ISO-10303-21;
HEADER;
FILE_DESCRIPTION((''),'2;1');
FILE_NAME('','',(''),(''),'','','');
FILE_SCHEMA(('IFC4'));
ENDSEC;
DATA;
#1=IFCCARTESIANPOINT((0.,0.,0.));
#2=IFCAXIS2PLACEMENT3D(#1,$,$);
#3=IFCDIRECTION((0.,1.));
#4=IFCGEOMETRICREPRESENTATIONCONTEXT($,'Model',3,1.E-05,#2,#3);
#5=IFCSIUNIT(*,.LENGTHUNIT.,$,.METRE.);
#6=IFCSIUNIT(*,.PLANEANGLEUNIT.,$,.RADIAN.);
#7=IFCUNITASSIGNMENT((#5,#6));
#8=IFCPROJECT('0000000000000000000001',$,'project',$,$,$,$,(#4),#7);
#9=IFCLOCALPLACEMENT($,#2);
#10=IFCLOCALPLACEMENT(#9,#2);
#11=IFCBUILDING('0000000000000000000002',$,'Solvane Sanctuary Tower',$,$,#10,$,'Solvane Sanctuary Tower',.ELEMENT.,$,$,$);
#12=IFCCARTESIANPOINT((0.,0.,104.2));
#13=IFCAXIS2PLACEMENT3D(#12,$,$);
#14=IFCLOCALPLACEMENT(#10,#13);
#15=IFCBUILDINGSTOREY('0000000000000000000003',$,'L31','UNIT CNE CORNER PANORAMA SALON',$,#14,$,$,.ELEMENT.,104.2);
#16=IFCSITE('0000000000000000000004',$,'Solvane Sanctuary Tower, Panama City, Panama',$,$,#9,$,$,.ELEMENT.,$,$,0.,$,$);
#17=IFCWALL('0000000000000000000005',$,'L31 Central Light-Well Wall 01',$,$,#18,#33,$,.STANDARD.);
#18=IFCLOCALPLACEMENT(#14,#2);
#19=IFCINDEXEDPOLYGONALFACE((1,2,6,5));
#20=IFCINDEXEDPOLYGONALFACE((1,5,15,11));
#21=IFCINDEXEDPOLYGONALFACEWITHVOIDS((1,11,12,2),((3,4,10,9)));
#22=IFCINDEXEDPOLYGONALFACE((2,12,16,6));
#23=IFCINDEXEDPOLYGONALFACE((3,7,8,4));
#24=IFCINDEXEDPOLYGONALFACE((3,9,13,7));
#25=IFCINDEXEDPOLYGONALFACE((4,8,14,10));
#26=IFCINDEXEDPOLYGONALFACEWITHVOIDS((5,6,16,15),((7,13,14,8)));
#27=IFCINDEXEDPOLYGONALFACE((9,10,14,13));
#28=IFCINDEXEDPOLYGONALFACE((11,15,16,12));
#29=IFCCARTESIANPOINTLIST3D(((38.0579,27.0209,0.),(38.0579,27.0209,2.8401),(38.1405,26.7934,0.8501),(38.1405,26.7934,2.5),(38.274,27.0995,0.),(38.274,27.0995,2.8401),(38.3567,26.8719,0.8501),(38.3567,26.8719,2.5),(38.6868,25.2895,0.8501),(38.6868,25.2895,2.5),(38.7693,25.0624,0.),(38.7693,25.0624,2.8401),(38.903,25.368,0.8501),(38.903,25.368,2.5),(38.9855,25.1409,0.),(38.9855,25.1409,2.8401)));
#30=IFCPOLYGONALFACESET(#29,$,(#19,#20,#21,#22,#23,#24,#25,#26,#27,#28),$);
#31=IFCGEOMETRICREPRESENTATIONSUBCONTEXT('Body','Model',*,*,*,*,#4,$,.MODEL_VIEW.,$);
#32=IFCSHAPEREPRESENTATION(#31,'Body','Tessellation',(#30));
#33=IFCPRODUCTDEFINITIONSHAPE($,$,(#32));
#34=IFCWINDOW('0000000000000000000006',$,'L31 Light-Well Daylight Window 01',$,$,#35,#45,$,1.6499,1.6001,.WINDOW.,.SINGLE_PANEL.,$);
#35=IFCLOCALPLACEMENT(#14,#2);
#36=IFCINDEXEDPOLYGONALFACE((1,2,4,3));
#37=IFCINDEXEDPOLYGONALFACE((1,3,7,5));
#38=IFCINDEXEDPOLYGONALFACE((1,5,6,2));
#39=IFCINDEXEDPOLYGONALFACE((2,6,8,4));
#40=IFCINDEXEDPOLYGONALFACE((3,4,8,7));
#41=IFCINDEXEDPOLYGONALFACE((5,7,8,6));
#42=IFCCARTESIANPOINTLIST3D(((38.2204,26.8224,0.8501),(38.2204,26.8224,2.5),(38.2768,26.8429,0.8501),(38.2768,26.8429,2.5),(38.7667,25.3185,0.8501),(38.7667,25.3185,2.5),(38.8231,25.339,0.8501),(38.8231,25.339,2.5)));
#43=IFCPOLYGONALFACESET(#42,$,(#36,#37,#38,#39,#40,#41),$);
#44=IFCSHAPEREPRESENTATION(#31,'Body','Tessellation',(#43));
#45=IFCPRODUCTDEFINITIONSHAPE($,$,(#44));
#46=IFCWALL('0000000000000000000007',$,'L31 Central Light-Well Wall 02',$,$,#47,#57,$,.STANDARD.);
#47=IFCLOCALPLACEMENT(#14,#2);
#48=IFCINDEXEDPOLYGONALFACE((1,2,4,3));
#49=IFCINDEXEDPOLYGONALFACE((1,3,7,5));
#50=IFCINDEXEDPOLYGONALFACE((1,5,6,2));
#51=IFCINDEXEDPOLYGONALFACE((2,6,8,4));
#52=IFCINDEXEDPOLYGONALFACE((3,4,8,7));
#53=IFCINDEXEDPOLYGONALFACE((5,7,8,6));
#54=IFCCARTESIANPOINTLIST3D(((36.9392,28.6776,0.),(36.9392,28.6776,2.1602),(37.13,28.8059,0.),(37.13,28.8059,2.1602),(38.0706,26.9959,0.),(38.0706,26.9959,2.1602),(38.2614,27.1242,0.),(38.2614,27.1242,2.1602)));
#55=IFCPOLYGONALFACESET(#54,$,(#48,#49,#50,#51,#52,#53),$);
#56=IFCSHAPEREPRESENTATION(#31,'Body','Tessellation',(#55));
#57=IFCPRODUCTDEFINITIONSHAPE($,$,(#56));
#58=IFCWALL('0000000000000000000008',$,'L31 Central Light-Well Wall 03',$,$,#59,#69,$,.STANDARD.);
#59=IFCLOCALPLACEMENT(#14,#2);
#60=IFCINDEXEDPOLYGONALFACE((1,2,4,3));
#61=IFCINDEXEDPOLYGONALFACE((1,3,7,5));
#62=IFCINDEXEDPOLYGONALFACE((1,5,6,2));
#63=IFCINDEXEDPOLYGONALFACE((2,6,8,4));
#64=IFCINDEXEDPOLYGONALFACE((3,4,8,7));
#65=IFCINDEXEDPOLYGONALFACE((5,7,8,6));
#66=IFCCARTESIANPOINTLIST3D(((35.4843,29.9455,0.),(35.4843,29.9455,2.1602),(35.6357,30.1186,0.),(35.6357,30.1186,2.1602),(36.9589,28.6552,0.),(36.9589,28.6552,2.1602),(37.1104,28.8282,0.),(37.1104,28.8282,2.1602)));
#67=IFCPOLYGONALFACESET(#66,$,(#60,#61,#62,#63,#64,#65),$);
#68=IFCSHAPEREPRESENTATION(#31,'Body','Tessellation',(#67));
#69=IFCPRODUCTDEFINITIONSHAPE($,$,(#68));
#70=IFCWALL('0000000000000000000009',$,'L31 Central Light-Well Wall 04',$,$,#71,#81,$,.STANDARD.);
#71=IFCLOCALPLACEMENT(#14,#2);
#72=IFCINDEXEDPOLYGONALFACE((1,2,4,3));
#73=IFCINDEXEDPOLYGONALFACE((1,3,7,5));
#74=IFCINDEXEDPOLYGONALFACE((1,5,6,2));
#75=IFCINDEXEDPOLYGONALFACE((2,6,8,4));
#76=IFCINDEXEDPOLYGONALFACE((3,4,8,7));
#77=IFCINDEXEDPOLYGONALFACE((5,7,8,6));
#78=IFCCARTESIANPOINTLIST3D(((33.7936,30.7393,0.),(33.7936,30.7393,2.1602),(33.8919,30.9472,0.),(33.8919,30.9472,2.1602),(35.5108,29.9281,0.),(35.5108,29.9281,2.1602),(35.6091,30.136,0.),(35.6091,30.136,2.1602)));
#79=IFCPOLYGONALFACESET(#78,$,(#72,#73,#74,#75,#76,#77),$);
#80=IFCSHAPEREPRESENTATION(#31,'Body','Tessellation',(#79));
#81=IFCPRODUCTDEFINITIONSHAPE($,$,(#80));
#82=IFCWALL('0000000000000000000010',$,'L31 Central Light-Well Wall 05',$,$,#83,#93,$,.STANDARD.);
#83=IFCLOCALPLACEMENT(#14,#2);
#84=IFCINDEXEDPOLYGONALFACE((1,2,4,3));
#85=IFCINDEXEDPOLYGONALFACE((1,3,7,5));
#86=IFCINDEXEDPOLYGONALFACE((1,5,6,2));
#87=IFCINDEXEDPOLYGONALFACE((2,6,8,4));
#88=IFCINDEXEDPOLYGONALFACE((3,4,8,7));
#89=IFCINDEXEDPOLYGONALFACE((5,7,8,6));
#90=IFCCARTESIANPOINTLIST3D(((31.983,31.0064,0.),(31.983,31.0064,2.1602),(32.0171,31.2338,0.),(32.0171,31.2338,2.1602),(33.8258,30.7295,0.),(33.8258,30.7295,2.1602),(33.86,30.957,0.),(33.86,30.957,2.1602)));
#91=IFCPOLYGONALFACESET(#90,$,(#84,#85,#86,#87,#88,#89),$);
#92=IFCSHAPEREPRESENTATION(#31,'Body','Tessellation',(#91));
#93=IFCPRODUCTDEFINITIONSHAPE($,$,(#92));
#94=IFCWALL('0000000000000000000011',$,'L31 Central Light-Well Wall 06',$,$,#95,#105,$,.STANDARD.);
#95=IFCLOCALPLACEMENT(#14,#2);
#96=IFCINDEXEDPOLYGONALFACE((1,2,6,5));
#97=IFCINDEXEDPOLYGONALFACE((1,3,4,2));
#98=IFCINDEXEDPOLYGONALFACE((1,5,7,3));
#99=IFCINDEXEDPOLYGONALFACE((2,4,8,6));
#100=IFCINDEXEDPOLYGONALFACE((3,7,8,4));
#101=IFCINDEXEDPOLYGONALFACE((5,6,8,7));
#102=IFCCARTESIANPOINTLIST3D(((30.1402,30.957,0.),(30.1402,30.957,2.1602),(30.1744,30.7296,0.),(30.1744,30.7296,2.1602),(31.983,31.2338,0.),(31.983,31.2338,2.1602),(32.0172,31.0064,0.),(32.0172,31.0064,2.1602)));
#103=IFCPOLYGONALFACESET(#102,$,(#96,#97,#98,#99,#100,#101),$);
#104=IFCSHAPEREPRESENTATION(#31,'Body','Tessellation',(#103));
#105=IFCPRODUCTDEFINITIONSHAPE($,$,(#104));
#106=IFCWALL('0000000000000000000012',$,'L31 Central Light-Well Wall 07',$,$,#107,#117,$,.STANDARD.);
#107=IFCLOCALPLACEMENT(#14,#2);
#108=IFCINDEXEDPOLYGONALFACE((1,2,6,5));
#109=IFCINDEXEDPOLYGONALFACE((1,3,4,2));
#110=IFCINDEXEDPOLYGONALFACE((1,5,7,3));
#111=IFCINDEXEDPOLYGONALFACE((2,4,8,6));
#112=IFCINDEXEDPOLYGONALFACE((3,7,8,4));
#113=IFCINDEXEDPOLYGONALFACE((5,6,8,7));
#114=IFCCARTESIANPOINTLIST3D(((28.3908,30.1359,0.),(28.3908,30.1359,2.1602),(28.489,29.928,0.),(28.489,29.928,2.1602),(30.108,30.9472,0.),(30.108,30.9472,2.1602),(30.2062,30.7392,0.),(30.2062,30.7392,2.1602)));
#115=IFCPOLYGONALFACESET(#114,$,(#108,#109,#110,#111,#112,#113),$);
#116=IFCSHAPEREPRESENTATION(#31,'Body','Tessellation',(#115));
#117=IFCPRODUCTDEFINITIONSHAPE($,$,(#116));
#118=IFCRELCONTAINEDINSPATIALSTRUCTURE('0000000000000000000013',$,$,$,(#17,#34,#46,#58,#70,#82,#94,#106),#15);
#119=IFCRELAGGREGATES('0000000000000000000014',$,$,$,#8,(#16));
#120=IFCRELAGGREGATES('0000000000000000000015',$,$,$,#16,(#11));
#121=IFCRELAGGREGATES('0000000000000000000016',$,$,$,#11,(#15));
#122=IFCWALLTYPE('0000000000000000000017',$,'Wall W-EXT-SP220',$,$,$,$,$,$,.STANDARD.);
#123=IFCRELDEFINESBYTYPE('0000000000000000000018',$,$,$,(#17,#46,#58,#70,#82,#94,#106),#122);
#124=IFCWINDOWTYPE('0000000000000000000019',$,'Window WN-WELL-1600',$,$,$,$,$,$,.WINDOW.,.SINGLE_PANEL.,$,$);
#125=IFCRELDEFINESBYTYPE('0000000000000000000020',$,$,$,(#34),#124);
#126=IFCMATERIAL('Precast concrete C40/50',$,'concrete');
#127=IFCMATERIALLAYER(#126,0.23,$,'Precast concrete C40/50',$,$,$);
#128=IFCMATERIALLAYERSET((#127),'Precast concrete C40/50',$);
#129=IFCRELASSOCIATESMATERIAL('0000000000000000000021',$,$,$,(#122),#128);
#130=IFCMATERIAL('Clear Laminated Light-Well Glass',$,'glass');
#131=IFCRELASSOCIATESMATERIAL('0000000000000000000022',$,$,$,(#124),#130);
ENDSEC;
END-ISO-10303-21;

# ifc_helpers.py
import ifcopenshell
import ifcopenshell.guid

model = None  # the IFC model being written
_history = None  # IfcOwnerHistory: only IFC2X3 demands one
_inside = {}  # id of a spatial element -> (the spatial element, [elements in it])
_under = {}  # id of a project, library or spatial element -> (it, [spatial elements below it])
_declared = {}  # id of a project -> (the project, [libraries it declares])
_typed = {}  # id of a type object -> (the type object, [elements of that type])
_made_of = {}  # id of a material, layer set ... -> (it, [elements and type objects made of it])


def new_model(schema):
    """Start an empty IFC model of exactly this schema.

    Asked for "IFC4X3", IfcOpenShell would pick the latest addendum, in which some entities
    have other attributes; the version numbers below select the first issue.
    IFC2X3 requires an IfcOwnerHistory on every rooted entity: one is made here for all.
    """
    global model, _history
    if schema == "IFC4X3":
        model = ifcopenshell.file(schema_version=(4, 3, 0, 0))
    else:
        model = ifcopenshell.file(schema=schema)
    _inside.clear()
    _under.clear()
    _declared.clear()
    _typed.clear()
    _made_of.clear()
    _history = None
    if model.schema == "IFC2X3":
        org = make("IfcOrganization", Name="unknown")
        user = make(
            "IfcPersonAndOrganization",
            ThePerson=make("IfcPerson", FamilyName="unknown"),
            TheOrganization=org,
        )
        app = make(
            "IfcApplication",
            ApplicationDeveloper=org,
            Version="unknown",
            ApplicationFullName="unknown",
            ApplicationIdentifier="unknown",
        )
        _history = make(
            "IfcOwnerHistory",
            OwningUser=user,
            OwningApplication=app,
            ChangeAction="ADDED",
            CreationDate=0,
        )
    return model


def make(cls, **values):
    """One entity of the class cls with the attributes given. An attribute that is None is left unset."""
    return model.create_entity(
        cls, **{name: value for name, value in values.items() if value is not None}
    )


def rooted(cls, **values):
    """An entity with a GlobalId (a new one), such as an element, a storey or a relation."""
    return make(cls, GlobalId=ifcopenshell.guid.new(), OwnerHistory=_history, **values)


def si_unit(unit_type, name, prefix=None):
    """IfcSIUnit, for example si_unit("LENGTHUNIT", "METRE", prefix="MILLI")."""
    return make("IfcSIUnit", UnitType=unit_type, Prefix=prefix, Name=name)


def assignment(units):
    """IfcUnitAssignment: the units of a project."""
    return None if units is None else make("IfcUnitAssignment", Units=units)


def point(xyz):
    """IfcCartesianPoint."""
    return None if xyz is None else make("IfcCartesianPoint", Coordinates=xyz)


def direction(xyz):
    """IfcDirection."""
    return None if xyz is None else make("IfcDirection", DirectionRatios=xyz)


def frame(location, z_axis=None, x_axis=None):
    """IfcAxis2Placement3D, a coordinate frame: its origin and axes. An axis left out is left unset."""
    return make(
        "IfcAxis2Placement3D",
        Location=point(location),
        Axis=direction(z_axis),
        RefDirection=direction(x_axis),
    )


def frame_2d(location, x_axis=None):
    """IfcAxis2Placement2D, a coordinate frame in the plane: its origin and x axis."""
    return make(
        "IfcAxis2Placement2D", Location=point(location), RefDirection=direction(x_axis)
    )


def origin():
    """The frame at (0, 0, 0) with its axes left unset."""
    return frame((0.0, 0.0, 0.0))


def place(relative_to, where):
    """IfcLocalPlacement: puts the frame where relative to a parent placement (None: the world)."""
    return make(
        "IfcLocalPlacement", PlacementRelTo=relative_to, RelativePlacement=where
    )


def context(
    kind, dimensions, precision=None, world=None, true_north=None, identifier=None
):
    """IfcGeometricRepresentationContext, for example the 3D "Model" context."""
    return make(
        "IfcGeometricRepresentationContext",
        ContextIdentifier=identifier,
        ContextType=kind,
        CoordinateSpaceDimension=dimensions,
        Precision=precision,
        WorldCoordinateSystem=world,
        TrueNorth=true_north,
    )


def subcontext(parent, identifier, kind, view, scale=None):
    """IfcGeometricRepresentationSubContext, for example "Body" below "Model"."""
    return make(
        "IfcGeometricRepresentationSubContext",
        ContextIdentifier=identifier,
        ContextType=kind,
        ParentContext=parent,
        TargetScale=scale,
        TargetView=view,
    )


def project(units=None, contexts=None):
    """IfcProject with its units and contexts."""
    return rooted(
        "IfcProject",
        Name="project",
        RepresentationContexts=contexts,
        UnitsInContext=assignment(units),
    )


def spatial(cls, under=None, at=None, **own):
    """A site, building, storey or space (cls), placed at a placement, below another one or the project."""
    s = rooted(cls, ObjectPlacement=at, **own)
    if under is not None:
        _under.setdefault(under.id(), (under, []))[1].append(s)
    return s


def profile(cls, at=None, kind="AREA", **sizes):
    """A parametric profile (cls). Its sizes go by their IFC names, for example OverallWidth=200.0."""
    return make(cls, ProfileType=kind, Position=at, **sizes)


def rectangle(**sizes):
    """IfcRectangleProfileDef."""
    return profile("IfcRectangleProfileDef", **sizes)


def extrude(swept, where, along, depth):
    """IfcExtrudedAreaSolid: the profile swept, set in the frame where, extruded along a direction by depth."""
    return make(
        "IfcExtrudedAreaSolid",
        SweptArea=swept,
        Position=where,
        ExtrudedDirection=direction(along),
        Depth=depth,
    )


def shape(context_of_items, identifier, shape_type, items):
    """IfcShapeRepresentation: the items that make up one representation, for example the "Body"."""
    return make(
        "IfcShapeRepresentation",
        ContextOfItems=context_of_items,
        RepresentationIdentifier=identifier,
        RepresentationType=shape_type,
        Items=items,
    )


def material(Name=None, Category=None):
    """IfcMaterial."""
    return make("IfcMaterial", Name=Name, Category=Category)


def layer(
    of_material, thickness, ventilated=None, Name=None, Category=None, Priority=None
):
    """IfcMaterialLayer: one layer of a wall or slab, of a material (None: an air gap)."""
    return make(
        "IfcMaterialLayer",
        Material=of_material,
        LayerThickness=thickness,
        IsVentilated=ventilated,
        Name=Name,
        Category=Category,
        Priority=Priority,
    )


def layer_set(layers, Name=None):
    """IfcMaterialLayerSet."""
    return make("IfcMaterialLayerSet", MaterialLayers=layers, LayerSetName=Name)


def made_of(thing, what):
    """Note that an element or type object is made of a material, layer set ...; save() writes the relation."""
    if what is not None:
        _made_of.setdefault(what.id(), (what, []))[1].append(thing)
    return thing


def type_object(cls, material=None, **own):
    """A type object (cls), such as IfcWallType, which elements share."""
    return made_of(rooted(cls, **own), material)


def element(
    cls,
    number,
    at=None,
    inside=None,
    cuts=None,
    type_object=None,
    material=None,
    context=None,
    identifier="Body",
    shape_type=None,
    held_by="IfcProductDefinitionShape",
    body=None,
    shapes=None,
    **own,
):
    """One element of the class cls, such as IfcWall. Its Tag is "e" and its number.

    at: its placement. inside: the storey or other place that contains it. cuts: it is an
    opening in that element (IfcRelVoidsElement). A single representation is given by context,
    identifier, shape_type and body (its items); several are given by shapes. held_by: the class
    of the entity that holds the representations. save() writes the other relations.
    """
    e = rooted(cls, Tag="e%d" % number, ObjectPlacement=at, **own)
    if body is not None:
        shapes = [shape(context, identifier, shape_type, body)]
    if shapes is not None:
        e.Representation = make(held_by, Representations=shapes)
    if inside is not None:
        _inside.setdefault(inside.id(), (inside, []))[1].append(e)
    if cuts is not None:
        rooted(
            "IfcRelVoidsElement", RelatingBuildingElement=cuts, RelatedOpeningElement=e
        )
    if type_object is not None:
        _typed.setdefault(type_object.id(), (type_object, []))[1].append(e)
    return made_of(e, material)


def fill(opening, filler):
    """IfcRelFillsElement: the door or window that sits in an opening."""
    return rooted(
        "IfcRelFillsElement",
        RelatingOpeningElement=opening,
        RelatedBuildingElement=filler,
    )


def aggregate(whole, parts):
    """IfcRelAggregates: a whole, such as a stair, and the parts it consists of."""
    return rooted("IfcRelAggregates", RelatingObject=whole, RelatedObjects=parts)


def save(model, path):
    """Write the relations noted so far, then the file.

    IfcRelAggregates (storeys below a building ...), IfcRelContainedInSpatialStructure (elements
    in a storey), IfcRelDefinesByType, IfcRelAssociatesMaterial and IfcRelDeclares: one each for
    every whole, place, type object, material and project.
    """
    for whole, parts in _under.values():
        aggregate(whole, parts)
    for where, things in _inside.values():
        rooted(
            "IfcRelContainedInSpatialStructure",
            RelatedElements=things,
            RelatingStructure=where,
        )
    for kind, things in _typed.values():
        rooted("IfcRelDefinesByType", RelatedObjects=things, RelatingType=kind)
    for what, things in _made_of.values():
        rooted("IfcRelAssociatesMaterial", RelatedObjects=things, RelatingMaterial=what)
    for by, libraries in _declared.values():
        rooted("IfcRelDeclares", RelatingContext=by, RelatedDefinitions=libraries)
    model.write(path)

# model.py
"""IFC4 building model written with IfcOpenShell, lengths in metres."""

from ifc_helpers import new_model, si_unit, direction, frame, frame_2d, origin, place, context, subcontext, project, spatial, rectangle, extrude, material, layer, layer_set, type_object, element, fill, save


model = new_model("IFC4")

# Units and contexts
model_context = context("Model", 3, precision=1e-05, world=origin(), true_north=direction((0.0, 1.0)))
body_context = subcontext(model_context, "Body", "Model", "MODEL_VIEW")
ifc_project = project(units=[si_unit("LENGTHUNIT", "METRE"), si_unit("PLANEANGLEUNIT", "RADIAN")], contexts=[model_context])

# Site, building, storey
site_placement = place(None, origin())
site = spatial("IfcSite", under=ifc_project, at=site_placement, Name="Solvane Sanctuary Tower, Panama City, Panama", CompositionType="ELEMENT", RefElevation=0.0)
building_placement = place(site_placement, origin())
building = spatial("IfcBuilding", under=site, at=building_placement, Name="Solvane Sanctuary Tower", LongName="Solvane Sanctuary Tower", CompositionType="ELEMENT")
storey_placement = place(building_placement, frame((0.0, 0.0, 104.2)))
storey = spatial("IfcBuildingStorey", under=building, at=storey_placement, Name="L31", Description="UNIT CNE CORNER PANORAMA SALON", CompositionType="ELEMENT", Elevation=104.2)

# Shared definitions
ifc_material_1 = material(Name="Precast concrete C40/50", Category="concrete")
ifc_layer_1 = layer(ifc_material_1, 0.23, Name="Precast concrete C40/50")
ifc_layer_set_1 = layer_set([ifc_layer_1], Name="Precast concrete C40/50")
wall_type_1 = type_object("IfcWallType", Name="Wall W-EXT-SP220", PredefinedType="STANDARD", material=ifc_layer_set_1)

# Wall, opening, window
wall_1_placement = place(storey_placement, frame((38.8774, 25.1016, 0.0), z_axis=(0.0, 0.0, 1.0), x_axis=(-0.341423, 0.93991, 0.0)))
wall_1 = element("IfcWall", 1, at=wall_1_placement, inside=storey, type_object=wall_type_1, Name="L31 Central Light-Well Wall 01", PredefinedType="STANDARD", context=body_context, shape_type="SweptSolid", body=[
    extrude(rectangle(XDim=2.0837, YDim=0.23, at=frame_2d((1.042, 0.0))), origin(), (0.0, 0.0, 1.0), 2.8401),
])
opening_1_placement = place(wall_1_placement, frame((0.2417, 0.0, 0.8501)))
opening_1 = element("IfcOpeningElement", 2, at=opening_1_placement, cuts=wall_1, PredefinedType="OPENING", context=body_context, shape_type="SweptSolid", body=[
    extrude(rectangle(XDim=1.6001, YDim=1.6499, at=frame_2d((0.8, 0.825))), frame((0.0, 0.125, 0.0), z_axis=(0.0, -1.0, 0.0), x_axis=(1.0, 0.0, 0.0)), (0.0, 0.0, 1.0), 0.25),
])
ifc_material_2 = material(Name="Clear Laminated Light-Well Glass", Category="glass")
window_type = type_object("IfcWindowType", Name="Window WN-WELL-1600", PartitioningType="SINGLE_PANEL", PredefinedType="WINDOW", material=ifc_material_2)
window_placement = place(opening_1_placement, origin())
window = element("IfcWindow", 3, at=window_placement, inside=storey, type_object=window_type, Name="L31 Light-Well Daylight Window 01", OverallHeight=1.6499, OverallWidth=1.6001, PartitioningType="SINGLE_PANEL", PredefinedType="WINDOW", context=body_context, shape_type="SweptSolid", body=[
    extrude(rectangle(XDim=1.6001, YDim=1.6499, at=frame_2d((0.8, 0.825))), frame((0.0, 0.03, 0.0), z_axis=(0.0, -1.0, 0.0), x_axis=(1.0, 0.0, 0.0)), (0.0, 0.0, 1.0), 0.0601),
])
fill(opening_1, window)

# Walls
wall_2_placement = place(storey_placement, frame((38.166, 27.0601, 0.0), z_axis=(0.0, 0.0, 1.0), x_axis=(-0.558198, 0.829708, 0.0)))
element("IfcWall", 4, at=wall_2_placement, inside=storey, type_object=wall_type_1, Name="L31 Central Light-Well Wall 02", PredefinedType="STANDARD", context=body_context, shape_type="SweptSolid", body=[
    extrude(rectangle(XDim=2.0269, YDim=0.23, at=frame_2d((1.0134, 0.0))), origin(), (0.0, 0.0, 1.0), 2.1602),
])
wall_3_placement = place(storey_placement, frame((37.0347, 28.7417, 0.0), z_axis=(0.0, 0.0, 1.0), x_axis=(-0.752577, 0.658505, 0.0)))
element("IfcWall", 5, at=wall_3_placement, inside=storey, type_object=wall_type_1, Name="L31 Central Light-Well Wall 03", PredefinedType="STANDARD", context=body_context, shape_type="SweptSolid", body=[
    extrude(rectangle(XDim=1.9595, YDim=0.23, at=frame_2d((0.9797, 0.0))), origin(), (0.0, 0.0, 1.0), 2.1602),
])
wall_4_placement = place(storey_placement, frame((35.5601, 30.032, 0.0), z_axis=(0.0, 0.0, 1.0), x_axis=(-0.90418, 0.427152, 0.0)))
element("IfcWall", 6, at=wall_4_placement, inside=storey, type_object=wall_type_1, Name="L31 Central Light-Well Wall 04", PredefinedType="STANDARD", context=body_context, shape_type="SweptSolid", body=[
    extrude(rectangle(XDim=1.8992, YDim=0.23, at=frame_2d((0.9497, 0.0))), origin(), (0.0, 0.0, 1.0), 2.1602),
])
for number, where, z_axis, x_axis, name in (
    (7, (33.8428, 30.8433, 0.0), (0.0, 0.0, 1.0), (-0.988902, 0.148571, 0.0), "L31 Central Light-Well Wall 05"),
    (8, (32.0, 31.1201, 0.0), (0.0, 0.0, 1.0), (-0.988902, -0.148571, 0.0), "L31 Central Light-Well Wall 06"),
):
    element("IfcWall", number, at=place(storey_placement, frame(where, z_axis=z_axis, x_axis=x_axis)), inside=storey, type_object=wall_type_1, Name=name, PredefinedType="STANDARD", context=body_context, shape_type="SweptSolid", body=[
        extrude(rectangle(XDim=1.8635, YDim=0.23, at=frame_2d((0.9316, 0.0))), origin(), (0.0, 0.0, 1.0), 2.1602),
    ])
wall_5_placement = place(storey_placement, frame((30.1572, 30.8433, 0.0), z_axis=(0.0, 0.0, 1.0), x_axis=(-0.90418, -0.427152, 0.0)))
element("IfcWall", 9, at=wall_5_placement, inside=storey, type_object=wall_type_1, Name="L31 Central Light-Well Wall 07", PredefinedType="STANDARD", context=body_context, shape_type="SweptSolid", body=[
    extrude(rectangle(XDim=1.8992, YDim=0.23, at=frame_2d((0.9497, 0.0))), origin(), (0.0, 0.0, 1.0), 2.1602),
])

save(model, "model.ifc")
